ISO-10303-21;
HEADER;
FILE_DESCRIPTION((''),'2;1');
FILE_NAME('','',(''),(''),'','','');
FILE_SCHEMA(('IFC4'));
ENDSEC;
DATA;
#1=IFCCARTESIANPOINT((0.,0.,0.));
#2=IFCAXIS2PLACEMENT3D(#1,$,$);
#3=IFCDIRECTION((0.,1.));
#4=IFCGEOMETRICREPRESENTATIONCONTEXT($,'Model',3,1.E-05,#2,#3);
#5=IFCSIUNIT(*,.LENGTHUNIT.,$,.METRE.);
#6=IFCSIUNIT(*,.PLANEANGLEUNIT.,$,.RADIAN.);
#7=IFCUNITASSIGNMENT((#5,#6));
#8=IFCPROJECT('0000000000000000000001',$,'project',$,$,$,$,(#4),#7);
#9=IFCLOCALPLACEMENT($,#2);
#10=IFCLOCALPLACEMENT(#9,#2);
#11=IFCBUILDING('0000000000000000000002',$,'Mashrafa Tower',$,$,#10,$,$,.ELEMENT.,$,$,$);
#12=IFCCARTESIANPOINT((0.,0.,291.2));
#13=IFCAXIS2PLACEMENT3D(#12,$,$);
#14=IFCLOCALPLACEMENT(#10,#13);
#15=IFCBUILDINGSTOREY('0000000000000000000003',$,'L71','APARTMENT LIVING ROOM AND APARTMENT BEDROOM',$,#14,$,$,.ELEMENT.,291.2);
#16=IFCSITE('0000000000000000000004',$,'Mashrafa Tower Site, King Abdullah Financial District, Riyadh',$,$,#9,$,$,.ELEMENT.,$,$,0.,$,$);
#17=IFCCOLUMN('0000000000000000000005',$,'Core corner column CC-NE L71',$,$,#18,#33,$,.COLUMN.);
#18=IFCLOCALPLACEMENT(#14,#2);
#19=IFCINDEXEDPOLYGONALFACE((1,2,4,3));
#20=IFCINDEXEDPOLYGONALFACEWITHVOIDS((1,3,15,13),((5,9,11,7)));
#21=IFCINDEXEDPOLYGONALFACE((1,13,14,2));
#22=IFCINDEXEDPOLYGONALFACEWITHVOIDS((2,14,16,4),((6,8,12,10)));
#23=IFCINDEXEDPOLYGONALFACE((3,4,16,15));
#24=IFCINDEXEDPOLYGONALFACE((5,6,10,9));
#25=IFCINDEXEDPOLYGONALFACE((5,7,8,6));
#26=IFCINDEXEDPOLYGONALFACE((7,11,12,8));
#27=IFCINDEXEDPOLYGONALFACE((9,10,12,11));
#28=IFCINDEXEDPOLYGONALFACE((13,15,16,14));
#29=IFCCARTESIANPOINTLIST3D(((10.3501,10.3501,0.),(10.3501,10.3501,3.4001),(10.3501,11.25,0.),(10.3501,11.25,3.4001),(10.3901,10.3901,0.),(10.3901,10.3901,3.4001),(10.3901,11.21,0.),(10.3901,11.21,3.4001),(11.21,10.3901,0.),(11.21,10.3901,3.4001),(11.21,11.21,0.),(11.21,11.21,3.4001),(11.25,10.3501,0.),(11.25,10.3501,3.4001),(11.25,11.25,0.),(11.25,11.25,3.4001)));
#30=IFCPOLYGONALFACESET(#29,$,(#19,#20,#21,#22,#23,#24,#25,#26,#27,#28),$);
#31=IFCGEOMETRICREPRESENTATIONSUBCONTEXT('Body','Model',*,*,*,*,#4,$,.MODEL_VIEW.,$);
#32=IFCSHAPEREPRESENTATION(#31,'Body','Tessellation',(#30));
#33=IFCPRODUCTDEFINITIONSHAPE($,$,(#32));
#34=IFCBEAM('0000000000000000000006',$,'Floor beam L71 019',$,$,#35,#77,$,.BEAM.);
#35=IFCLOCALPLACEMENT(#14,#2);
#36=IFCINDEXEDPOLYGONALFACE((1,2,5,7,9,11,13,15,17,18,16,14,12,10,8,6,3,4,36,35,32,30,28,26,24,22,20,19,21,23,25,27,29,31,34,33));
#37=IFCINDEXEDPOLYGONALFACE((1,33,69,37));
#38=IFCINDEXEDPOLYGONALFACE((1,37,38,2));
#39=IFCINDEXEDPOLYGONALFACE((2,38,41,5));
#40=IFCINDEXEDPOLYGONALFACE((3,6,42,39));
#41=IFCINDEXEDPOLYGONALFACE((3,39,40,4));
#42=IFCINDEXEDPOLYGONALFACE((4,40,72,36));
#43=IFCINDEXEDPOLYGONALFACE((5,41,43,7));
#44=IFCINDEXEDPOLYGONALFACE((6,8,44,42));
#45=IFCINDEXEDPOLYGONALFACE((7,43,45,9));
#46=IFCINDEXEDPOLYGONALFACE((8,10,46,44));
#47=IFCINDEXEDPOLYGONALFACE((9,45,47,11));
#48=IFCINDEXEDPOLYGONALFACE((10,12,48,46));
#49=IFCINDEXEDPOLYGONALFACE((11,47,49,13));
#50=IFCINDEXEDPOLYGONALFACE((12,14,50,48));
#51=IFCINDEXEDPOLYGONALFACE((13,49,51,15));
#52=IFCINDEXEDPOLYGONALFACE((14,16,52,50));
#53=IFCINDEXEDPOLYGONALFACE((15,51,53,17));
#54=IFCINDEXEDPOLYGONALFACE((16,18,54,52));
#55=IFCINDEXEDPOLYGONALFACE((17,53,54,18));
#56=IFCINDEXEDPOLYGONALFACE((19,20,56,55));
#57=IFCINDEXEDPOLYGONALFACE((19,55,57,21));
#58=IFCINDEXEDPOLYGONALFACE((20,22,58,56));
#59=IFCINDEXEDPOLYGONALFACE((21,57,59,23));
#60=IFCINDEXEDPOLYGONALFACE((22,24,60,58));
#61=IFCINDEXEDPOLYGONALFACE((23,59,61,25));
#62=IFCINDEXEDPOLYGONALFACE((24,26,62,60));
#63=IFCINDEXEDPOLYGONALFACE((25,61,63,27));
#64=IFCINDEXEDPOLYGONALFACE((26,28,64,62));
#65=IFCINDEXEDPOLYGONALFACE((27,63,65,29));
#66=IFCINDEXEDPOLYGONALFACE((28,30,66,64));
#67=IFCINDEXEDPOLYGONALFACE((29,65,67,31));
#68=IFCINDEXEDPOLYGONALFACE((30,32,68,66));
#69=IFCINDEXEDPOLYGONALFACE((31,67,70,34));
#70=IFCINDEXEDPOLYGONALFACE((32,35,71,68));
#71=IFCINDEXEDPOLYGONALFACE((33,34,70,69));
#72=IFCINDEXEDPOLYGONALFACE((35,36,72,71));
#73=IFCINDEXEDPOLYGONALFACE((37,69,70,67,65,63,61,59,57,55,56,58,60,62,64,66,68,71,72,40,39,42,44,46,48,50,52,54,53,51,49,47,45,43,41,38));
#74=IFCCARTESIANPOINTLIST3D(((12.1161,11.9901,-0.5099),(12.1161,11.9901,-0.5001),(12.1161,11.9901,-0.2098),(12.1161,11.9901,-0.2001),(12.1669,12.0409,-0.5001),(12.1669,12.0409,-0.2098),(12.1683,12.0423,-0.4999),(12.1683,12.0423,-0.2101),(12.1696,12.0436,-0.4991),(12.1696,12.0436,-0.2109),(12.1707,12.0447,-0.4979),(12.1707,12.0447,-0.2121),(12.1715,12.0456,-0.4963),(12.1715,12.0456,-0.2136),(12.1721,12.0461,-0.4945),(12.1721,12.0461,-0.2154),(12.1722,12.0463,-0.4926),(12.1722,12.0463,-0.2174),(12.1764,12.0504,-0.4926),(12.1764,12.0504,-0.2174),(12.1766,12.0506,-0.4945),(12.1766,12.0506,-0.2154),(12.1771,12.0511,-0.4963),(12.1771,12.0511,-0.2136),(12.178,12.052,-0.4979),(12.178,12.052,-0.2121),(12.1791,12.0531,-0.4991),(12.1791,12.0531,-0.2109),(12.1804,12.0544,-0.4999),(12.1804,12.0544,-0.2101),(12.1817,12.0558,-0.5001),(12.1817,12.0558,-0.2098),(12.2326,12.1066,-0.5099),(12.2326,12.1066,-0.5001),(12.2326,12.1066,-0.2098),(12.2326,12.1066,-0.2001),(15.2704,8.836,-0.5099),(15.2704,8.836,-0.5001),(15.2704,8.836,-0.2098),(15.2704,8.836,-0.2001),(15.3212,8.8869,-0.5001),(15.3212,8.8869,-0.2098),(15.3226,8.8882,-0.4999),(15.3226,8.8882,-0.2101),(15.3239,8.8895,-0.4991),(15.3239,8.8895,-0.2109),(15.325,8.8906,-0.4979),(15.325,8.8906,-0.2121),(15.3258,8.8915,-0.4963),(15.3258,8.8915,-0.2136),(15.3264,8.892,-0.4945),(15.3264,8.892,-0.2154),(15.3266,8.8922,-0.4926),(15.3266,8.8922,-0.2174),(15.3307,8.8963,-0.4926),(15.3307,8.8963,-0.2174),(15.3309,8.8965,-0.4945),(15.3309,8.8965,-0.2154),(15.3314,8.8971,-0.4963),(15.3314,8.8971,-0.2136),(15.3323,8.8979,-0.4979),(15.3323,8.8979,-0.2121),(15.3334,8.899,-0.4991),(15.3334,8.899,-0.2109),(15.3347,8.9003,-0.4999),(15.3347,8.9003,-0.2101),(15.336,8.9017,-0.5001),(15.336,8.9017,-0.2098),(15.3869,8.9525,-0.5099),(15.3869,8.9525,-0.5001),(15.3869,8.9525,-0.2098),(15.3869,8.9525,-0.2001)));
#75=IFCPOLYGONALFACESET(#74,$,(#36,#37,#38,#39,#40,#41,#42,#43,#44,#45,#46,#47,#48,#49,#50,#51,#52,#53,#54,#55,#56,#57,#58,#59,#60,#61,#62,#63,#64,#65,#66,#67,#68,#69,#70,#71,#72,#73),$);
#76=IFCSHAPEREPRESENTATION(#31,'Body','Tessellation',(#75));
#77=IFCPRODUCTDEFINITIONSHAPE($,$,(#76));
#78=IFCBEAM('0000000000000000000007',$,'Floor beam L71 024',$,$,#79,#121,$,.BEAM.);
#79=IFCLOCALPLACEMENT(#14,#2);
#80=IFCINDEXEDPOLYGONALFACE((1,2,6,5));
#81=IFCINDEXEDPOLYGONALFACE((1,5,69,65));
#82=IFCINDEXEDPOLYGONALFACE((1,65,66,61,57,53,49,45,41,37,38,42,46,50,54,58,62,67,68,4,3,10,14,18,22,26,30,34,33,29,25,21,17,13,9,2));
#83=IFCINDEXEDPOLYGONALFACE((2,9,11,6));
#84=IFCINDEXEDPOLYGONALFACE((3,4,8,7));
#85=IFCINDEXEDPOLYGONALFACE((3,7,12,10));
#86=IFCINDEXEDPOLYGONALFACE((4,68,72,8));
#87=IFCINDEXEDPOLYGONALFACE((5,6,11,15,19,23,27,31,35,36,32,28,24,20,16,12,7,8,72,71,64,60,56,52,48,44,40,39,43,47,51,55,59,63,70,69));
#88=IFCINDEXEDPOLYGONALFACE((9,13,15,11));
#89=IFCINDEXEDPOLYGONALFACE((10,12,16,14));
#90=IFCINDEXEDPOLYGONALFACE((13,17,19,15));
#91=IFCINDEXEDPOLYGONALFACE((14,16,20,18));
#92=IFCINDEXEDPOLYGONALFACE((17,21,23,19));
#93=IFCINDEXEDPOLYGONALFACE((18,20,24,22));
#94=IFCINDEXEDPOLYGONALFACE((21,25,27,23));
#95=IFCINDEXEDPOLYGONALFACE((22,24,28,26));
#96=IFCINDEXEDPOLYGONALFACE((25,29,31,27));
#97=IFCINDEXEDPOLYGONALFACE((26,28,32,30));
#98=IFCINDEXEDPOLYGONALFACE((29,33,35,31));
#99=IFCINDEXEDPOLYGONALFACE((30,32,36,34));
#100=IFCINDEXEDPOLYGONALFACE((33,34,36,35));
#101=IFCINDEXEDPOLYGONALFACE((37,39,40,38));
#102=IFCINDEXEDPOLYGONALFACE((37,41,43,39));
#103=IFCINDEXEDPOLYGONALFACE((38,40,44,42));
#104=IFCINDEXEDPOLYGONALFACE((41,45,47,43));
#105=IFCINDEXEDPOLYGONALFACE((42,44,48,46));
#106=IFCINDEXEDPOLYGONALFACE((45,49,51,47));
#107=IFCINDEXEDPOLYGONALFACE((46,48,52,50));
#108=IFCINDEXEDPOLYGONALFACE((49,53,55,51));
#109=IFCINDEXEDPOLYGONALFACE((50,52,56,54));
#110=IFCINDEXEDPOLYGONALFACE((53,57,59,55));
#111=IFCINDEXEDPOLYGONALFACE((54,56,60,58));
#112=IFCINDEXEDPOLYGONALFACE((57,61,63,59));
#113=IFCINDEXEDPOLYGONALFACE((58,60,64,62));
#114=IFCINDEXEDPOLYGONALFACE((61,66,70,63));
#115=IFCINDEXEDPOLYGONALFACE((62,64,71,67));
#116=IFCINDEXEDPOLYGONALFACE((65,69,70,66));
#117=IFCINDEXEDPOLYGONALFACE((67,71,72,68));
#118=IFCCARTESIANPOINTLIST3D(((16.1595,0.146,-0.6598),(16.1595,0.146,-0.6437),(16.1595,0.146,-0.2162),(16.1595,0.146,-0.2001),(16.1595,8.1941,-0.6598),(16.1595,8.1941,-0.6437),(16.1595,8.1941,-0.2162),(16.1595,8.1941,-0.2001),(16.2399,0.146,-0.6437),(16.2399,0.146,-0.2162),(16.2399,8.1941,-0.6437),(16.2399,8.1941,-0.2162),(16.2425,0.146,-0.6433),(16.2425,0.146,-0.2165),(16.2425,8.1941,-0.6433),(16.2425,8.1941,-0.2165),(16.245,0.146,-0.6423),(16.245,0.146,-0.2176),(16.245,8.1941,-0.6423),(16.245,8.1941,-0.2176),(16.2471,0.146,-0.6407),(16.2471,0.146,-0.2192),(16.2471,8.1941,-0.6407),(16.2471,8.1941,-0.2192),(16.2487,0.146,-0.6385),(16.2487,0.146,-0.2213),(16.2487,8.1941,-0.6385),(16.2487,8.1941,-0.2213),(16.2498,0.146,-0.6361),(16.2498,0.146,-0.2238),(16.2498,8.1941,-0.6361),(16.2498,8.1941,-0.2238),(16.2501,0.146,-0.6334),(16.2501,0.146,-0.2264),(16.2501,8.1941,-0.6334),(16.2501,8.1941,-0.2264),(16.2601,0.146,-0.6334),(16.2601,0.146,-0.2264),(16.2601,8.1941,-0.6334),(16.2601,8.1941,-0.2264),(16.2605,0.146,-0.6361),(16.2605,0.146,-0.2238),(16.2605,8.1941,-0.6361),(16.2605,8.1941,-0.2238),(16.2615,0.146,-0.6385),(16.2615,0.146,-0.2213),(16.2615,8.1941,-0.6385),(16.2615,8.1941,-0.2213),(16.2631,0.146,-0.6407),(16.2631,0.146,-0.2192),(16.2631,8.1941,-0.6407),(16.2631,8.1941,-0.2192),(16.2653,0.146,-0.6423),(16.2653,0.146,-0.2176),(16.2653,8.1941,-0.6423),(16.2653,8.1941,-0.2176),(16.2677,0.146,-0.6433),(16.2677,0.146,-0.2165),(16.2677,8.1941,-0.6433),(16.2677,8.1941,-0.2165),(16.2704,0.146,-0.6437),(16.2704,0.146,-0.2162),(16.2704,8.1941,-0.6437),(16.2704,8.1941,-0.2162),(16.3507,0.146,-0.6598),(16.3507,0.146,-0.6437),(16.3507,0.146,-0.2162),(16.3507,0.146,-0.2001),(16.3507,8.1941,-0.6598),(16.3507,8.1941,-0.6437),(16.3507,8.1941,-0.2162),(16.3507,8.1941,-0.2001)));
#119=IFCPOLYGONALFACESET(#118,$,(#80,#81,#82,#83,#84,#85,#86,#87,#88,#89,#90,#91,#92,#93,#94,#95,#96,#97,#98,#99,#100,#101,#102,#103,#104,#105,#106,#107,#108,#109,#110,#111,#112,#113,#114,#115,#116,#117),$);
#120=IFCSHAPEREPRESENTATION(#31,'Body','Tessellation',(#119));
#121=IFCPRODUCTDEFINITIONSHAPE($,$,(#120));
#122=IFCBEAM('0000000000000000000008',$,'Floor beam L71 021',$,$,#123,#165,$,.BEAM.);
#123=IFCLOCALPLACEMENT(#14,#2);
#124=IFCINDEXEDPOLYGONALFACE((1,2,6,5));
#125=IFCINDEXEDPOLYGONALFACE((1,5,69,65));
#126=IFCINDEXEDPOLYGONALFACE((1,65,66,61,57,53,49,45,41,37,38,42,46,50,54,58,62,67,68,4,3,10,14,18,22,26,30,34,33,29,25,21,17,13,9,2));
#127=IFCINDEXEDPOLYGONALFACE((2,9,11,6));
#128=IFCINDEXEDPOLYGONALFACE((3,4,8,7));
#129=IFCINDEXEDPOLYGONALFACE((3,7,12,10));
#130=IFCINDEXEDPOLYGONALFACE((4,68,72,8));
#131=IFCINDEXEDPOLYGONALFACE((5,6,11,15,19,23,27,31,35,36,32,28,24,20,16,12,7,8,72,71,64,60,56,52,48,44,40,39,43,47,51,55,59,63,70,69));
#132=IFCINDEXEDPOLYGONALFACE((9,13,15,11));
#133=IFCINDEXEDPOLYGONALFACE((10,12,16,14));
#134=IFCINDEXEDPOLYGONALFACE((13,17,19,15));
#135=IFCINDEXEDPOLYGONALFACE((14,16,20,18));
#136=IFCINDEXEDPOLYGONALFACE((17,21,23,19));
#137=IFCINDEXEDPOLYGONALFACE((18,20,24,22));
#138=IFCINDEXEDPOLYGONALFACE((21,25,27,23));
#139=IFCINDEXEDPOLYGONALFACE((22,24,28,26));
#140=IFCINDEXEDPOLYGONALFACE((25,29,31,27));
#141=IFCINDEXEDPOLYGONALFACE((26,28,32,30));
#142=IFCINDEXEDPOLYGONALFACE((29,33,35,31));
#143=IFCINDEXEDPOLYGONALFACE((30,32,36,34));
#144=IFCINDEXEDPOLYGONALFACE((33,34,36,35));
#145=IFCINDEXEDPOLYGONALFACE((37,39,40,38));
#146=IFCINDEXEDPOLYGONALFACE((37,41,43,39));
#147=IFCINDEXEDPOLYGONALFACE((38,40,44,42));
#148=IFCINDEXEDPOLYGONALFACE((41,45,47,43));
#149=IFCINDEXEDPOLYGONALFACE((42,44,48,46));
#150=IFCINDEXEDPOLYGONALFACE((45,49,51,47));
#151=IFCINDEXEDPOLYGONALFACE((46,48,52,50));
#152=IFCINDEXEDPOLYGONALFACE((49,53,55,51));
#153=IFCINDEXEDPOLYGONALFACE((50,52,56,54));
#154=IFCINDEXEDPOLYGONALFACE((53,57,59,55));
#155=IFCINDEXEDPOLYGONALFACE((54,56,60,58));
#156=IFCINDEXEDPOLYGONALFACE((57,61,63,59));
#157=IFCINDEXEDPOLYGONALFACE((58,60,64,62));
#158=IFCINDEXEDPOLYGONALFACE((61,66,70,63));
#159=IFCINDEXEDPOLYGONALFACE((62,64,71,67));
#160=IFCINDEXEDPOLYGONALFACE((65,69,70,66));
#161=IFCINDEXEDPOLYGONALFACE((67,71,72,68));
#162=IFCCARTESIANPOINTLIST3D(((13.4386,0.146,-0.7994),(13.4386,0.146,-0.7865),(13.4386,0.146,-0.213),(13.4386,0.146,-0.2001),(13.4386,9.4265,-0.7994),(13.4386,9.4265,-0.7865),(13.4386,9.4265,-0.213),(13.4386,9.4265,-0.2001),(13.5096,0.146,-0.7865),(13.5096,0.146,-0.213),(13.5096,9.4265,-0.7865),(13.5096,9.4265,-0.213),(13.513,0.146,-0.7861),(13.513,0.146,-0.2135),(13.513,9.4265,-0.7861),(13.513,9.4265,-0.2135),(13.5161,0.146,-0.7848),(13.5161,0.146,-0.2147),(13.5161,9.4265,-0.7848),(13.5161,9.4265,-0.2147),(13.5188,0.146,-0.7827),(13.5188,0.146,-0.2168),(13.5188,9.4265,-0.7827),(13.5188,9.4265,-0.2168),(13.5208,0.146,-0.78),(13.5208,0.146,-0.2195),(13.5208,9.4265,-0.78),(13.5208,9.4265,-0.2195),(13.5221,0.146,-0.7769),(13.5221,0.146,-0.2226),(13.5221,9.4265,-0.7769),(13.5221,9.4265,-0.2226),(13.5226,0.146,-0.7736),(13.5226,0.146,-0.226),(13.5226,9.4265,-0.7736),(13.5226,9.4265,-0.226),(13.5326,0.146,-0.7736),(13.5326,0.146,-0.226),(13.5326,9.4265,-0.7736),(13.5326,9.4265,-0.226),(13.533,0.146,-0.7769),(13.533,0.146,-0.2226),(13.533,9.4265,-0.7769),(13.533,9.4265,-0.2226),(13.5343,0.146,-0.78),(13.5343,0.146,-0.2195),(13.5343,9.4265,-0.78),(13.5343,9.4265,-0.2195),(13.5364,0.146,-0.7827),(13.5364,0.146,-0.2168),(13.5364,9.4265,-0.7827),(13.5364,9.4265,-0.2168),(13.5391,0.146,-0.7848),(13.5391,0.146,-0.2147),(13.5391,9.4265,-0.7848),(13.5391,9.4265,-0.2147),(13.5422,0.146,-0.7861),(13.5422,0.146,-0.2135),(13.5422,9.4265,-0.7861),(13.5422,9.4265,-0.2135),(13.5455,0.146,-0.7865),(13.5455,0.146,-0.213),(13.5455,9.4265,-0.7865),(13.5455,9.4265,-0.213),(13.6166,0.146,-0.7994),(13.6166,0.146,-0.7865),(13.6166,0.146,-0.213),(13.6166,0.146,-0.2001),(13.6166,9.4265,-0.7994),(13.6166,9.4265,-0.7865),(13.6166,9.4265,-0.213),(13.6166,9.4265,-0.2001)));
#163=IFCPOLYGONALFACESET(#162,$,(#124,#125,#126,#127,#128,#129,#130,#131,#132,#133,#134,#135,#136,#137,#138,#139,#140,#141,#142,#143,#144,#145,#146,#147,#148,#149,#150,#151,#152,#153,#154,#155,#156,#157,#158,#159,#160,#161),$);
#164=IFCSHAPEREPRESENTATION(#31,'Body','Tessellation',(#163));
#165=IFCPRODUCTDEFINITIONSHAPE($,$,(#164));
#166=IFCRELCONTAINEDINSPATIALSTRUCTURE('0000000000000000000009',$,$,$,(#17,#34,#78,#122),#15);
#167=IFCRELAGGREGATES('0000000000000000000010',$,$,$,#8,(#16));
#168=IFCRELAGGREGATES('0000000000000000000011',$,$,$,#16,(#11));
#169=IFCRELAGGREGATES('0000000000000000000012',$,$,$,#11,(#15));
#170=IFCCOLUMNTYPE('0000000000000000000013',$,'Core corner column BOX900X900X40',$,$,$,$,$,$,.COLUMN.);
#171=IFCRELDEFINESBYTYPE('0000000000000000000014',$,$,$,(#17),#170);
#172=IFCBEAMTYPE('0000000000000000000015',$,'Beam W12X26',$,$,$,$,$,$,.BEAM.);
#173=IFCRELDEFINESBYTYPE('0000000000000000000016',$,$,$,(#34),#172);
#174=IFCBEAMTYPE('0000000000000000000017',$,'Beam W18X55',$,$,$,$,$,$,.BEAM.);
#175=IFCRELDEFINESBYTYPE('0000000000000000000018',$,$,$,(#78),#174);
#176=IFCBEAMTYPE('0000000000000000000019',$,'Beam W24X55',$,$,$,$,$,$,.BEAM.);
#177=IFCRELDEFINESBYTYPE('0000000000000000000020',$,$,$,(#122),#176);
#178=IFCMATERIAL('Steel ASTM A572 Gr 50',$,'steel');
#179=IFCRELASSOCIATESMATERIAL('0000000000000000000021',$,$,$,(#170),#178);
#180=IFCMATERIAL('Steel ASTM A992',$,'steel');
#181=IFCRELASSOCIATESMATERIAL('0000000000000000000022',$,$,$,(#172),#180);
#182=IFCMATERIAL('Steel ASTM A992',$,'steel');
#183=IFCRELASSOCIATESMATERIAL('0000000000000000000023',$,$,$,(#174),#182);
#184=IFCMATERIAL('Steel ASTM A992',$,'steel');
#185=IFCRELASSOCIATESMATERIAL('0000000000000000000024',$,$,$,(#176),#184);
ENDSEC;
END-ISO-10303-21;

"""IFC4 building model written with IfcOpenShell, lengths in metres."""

from ifc_helpers import new_model, si_unit, direction, frame, origin, origin_2d, place, context, subcontext, project, spatial, hollow_rectangle, i_section, extrude, material, material_profile, profile_set, type_object, element, save


model = new_model("IFC4")

# Units and contexts
model_context = context("Model", 3, precision=1e-05, world=origin(), true_north=direction((0.0, 1.0)))
body_context = subcontext(model_context, "Body", "Model", "MODEL_VIEW")
ifc_project = project(units=[si_unit("LENGTHUNIT", "METRE"), si_unit("PLANEANGLEUNIT", "RADIAN")], contexts=[model_context])

# Site, building, storey
site_placement = place(None, origin())
site = spatial("IfcSite", under=ifc_project, at=site_placement, Name="Mashrafa Tower Site, King Abdullah Financial District, Riyadh", CompositionType="ELEMENT", RefElevation=0.0)
building_placement = place(site_placement, origin())
building = spatial("IfcBuilding", under=site, at=building_placement, Name="Mashrafa Tower", CompositionType="ELEMENT")
storey_placement = place(building_placement, frame((0.0, 0.0, 291.2)))
storey = spatial("IfcBuildingStorey", under=building, at=storey_placement, Name="L71", Description="APARTMENT LIVING ROOM AND APARTMENT BEDROOM", CompositionType="ELEMENT", Elevation=291.2)

# Column
ifc_material_1 = material(Name="Steel ASTM A572 Gr 50", Category="steel")
ifc_material_profile_1 = material_profile(ifc_material_1, hollow_rectangle(XDim=0.8999, YDim=0.8999, WallThickness=0.04, at=origin_2d()), Name="BOX900X900X40")
ifc_profile_set_1 = profile_set([ifc_material_profile_1], Name="Steel ASTM A572 Gr 50")
column_type = type_object("IfcColumnType", Name="Core corner column BOX900X900X40", PredefinedType="COLUMN", material=ifc_profile_set_1)
column_placement = place(storey_placement, frame((10.8, 10.8, 0.0), z_axis=(0.0, 0.0, 1.0), x_axis=(1.0, 0.0, 0.0)))
element("IfcColumn", 1, at=column_placement, inside=storey, type_object=column_type, Name="Core corner column CC-NE L71", PredefinedType="COLUMN", context=body_context, shape_type="SweptSolid", body=[
    extrude(hollow_rectangle(XDim=0.8999, YDim=0.8999, WallThickness=0.04, at=origin_2d()), origin(), (0.0, 0.0, 1.0), 3.4001),
])

# Beams
ifc_material_2 = material(Name="Steel ASTM A992", Category="steel")
ifc_material_profile_2 = material_profile(ifc_material_2, i_section(OverallWidth=0.1648, OverallDepth=0.3098, WebThickness=0.0059, FlangeThickness=0.0098, FilletRadius=0.0076, at=origin_2d()), Name="W12X26")
ifc_profile_set_2 = profile_set([ifc_material_profile_2], Name="Steel ASTM A992")
beam_type_1 = type_object("IfcBeamType", Name="Beam W12X26", PredefinedType="BEAM", material=ifc_profile_set_2)
beam_1_placement = place(storey_placement, frame((12.1743, 12.0483, -0.355), z_axis=(0.707134, -0.707079, 0.0), x_axis=(0.707079, 0.707134, 0.0)))
element("IfcBeam", 2, at=beam_1_placement, inside=storey, type_object=beam_type_1, Name="Floor beam L71 019", PredefinedType="BEAM", context=body_context, shape_type="SweptSolid", body=[
    extrude(i_section(OverallWidth=0.1648, OverallDepth=0.3098, WebThickness=0.0059, FlangeThickness=0.0098, FilletRadius=0.0076, at=origin_2d()), origin(), (0.0, 0.0, 1.0), 4.4607),
])
ifc_material_3 = material(Name="Steel ASTM A992", Category="steel")
ifc_material_profile_3 = material_profile(ifc_material_3, i_section(OverallWidth=0.1912, OverallDepth=0.4597, WebThickness=0.01, FlangeThickness=0.0161, FilletRadius=0.0103, at=origin_2d()), Name="W18X55")
ifc_profile_set_3 = profile_set([ifc_material_profile_3], Name="Steel ASTM A992")
beam_type_2 = type_object("IfcBeamType", Name="Beam W18X55", PredefinedType="BEAM", material=ifc_profile_set_3)
beam_2_placement = place(storey_placement, frame((16.2551, 8.1941, -0.4299), z_axis=(0.0, -1.0, 0.0), x_axis=(1.0, 0.0, 0.0)))
element("IfcBeam", 3, at=beam_2_placement, inside=storey, type_object=beam_type_2, Name="Floor beam L71 024", PredefinedType="BEAM", context=body_context, shape_type="SweptSolid", body=[
    extrude(i_section(OverallWidth=0.1912, OverallDepth=0.4597, WebThickness=0.01, FlangeThickness=0.0161, FilletRadius=0.0103, at=origin_2d()), origin(), (0.0, 0.0, 1.0), 8.0481),
])
ifc_material_4 = material(Name="Steel ASTM A992", Category="steel")
ifc_material_profile_4 = material_profile(ifc_material_4, i_section(OverallWidth=0.178, OverallDepth=0.5994, WebThickness=0.01, FlangeThickness=0.0129, FilletRadius=0.0129, at=origin_2d()), Name="W24X55")
ifc_profile_set_4 = profile_set([ifc_material_profile_4], Name="Steel ASTM A992")
beam_type_3 = type_object("IfcBeamType", Name="Beam W24X55", PredefinedType="BEAM", material=ifc_profile_set_4)
beam_3_placement = place(storey_placement, frame((13.5276, 9.4265, -0.4998), z_axis=(0.0, -1.0, 0.0), x_axis=(1.0, 0.0, 0.0)))
element("IfcBeam", 4, at=beam_3_placement, inside=storey, type_object=beam_type_3, Name="Floor beam L71 021", PredefinedType="BEAM", context=body_context, shape_type="SweptSolid", body=[
    extrude(i_section(OverallWidth=0.178, OverallDepth=0.5994, WebThickness=0.01, FlangeThickness=0.0129, FilletRadius=0.0129, at=origin_2d()), origin(), (0.0, 0.0, 1.0), 9.2805),
])

save(model, "model.ifc")
